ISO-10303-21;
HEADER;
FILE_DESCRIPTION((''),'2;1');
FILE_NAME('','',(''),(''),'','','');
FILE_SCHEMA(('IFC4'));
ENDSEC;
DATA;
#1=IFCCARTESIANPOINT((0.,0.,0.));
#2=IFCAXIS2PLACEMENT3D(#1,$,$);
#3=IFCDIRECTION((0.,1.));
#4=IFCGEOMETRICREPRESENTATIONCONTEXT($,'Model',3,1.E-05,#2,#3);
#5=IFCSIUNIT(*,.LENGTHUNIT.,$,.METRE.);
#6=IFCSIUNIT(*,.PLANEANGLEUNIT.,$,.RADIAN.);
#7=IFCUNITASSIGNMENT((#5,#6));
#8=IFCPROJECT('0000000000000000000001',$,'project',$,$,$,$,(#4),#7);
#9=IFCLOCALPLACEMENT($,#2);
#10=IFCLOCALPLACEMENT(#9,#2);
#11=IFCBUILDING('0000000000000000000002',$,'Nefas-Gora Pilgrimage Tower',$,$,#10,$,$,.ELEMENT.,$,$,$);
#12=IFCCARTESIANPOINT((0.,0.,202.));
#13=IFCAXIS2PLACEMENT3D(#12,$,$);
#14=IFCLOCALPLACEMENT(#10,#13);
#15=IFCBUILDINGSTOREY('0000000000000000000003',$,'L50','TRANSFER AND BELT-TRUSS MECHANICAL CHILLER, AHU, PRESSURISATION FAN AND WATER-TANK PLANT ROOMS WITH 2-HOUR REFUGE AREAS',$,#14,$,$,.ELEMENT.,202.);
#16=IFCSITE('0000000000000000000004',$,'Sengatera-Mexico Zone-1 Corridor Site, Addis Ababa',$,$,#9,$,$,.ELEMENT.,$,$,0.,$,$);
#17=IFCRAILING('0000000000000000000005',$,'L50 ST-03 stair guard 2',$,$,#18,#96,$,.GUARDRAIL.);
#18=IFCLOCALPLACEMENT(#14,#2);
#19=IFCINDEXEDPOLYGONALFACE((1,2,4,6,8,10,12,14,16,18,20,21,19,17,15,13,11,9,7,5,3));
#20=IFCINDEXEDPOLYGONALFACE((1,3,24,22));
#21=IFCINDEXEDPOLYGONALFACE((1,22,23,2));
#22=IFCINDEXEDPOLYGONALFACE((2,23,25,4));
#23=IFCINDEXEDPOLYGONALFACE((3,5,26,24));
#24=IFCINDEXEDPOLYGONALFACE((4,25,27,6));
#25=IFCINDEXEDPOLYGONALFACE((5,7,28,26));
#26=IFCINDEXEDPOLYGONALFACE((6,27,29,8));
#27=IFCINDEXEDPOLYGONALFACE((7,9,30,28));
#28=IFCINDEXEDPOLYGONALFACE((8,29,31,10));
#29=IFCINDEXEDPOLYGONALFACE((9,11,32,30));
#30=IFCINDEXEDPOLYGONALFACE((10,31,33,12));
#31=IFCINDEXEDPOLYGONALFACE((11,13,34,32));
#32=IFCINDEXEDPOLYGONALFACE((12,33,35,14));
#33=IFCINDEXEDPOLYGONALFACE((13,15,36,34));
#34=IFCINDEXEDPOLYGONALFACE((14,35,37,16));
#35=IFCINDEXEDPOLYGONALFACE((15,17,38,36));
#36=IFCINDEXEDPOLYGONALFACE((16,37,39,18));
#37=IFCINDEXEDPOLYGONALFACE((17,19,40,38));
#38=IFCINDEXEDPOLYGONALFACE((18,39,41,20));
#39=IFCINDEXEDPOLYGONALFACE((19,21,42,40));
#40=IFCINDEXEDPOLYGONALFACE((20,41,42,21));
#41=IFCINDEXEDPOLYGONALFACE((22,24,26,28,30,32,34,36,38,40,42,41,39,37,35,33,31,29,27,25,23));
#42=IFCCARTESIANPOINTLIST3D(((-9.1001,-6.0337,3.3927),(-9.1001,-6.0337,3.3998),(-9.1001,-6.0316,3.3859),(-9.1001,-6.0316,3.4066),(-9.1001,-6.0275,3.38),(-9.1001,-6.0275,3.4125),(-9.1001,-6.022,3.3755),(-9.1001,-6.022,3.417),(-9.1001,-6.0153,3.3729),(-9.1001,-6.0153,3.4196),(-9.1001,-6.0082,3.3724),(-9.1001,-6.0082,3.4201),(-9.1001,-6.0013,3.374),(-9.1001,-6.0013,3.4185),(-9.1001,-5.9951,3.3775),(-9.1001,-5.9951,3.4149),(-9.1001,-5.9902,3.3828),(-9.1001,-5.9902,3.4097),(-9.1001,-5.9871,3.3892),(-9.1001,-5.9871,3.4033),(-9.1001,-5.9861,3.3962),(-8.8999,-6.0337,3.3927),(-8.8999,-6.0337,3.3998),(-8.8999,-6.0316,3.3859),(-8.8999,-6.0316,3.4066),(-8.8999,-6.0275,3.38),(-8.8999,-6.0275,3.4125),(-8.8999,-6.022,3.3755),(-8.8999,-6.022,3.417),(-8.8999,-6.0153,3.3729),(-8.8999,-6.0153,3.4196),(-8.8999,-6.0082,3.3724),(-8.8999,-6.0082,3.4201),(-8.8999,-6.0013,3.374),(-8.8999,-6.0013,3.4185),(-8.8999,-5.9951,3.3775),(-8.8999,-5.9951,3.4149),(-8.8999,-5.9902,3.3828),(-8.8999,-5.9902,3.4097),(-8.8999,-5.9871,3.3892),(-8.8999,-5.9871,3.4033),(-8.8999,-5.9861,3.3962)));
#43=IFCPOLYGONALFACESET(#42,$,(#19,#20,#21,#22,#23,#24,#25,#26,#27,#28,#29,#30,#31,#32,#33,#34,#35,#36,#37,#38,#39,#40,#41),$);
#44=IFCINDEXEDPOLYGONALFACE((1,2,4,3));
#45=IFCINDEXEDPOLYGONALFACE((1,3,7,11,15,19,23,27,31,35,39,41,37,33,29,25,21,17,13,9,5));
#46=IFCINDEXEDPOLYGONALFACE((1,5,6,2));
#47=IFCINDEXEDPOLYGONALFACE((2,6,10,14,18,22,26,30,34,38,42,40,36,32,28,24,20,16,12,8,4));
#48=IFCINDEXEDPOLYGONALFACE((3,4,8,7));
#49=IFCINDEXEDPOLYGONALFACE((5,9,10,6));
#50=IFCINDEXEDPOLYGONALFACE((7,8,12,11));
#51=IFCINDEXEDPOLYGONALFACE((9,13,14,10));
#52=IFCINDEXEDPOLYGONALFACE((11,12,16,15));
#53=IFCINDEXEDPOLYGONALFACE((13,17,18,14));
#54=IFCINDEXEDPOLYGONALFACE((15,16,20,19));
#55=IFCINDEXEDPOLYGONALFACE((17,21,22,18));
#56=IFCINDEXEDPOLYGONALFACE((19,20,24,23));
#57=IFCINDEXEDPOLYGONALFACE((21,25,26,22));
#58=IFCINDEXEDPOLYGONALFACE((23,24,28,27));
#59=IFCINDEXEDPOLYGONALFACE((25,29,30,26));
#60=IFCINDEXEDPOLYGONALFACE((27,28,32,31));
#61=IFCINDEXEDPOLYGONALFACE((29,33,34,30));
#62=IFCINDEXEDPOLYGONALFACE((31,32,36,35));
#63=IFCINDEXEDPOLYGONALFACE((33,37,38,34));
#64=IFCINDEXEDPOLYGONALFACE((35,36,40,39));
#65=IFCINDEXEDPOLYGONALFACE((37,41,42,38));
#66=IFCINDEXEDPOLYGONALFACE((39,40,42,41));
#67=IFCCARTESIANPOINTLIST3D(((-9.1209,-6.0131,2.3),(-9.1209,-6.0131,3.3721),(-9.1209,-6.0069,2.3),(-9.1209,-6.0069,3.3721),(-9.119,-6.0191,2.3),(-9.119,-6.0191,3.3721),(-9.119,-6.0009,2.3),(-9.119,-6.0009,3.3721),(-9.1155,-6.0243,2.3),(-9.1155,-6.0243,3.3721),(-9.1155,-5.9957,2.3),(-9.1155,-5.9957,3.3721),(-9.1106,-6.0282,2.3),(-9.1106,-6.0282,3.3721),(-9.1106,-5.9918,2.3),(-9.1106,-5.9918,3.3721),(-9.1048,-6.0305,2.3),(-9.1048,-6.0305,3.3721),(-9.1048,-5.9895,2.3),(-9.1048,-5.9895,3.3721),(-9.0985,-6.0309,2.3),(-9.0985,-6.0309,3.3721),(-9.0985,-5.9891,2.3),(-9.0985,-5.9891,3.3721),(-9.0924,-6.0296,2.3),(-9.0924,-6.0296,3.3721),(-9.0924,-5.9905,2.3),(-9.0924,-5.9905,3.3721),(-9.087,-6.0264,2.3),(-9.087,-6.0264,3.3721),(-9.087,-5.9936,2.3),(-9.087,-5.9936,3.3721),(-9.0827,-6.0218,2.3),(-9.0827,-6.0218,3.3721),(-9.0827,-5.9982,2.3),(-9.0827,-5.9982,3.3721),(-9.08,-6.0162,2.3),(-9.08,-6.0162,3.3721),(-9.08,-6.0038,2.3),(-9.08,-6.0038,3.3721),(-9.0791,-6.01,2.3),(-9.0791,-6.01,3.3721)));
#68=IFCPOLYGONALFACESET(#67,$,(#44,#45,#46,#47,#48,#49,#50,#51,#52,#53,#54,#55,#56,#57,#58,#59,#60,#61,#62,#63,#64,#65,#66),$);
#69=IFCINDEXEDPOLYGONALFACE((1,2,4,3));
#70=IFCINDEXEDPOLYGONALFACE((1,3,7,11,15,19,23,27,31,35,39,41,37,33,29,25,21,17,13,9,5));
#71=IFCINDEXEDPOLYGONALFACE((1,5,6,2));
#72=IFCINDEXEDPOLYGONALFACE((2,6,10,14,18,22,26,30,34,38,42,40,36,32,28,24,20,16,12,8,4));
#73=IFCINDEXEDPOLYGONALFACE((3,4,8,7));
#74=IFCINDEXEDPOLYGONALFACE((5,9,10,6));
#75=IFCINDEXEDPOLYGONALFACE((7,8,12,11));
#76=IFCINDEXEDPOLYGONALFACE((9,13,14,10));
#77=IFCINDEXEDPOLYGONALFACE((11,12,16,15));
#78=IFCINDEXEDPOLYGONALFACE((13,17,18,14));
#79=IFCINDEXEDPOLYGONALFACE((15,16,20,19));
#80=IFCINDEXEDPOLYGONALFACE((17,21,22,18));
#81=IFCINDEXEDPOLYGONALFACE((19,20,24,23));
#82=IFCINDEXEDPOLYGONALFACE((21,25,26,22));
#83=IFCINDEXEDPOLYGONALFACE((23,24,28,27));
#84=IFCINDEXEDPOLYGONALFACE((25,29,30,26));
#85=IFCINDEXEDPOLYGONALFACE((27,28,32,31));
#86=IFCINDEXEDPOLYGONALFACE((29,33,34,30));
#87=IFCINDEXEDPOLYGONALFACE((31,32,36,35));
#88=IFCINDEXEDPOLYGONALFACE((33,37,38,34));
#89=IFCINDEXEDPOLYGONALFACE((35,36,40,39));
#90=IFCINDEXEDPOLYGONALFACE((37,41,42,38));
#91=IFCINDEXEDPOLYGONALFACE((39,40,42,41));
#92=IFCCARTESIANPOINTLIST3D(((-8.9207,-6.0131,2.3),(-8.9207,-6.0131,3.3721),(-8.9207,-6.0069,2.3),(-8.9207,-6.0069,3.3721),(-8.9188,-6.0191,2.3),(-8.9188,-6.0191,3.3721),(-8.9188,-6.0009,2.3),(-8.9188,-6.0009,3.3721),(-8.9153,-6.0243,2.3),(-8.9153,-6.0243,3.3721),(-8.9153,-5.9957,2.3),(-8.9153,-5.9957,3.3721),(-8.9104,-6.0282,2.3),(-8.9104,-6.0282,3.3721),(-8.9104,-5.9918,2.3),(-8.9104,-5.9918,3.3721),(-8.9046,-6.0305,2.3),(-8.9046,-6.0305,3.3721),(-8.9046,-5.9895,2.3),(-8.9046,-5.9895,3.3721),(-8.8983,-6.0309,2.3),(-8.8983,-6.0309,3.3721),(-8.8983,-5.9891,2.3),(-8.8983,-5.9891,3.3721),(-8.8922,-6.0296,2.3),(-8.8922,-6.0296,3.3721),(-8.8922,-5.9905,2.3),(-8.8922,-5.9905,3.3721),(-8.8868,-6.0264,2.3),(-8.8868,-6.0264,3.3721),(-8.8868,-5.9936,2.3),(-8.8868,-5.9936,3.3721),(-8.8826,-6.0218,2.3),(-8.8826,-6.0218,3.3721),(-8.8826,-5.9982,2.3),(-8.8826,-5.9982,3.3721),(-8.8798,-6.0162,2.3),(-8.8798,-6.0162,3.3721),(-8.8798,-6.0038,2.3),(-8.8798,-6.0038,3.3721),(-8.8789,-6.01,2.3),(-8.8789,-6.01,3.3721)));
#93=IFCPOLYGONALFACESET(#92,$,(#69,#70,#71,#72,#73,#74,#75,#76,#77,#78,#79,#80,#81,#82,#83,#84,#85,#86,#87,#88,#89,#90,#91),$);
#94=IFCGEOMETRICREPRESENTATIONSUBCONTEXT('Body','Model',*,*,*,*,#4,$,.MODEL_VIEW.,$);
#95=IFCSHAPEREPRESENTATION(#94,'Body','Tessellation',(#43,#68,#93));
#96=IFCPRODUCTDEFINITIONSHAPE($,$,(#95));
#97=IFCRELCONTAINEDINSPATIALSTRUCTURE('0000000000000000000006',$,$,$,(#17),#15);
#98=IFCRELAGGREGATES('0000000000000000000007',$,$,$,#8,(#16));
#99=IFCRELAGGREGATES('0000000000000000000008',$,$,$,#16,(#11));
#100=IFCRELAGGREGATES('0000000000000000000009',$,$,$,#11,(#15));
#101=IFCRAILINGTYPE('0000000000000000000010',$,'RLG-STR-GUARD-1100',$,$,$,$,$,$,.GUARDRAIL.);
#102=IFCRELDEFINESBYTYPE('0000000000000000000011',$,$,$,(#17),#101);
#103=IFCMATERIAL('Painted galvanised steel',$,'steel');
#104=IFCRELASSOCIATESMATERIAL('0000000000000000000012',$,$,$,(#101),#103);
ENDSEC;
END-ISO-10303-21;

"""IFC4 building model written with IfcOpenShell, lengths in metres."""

from ifc_helpers import new_model, si_unit, direction, frame, origin, origin_2d, place, context, subcontext, project, spatial, circle, extrude, material, type_object, element, save


model = new_model("IFC4")

# Units and contexts
model_context = context("Model", 3, precision=1e-05, world=origin(), true_north=direction((0.0, 1.0)))
body_context = subcontext(model_context, "Body", "Model", "MODEL_VIEW")
ifc_project = project(units=[si_unit("LENGTHUNIT", "METRE"), si_unit("PLANEANGLEUNIT", "RADIAN")], contexts=[model_context])

# Site, building, storey
site_placement = place(None, origin())
site = spatial("IfcSite", under=ifc_project, at=site_placement, Name="Sengatera-Mexico Zone-1 Corridor Site, Addis Ababa", CompositionType="ELEMENT", RefElevation=0.0)
building_placement = place(site_placement, origin())
building = spatial("IfcBuilding", under=site, at=building_placement, Name="Nefas-Gora Pilgrimage Tower", CompositionType="ELEMENT")
storey_placement = place(building_placement, frame((0.0, 0.0, 202.0)))
storey = spatial("IfcBuildingStorey", under=building, at=storey_placement, Name="L50", Description="TRANSFER AND BELT-TRUSS MECHANICAL CHILLER, AHU, PRESSURISATION FAN AND WATER-TANK PLANT ROOMS WITH 2-HOUR REFUGE AREAS", CompositionType="ELEMENT", Elevation=202.0)

# Railing
ifc_material_1 = material(Name="Painted galvanised steel", Category="steel")
railing_type_1 = type_object("IfcRailingType", Name="RLG-STR-GUARD-1100", PredefinedType="GUARDRAIL", material=ifc_material_1)
railing_1_placement = place(storey_placement, frame((-9.1001, -6.01, 2.3)))
element("IfcRailing", 1, at=railing_1_placement, inside=storey, type_object=railing_type_1, Name="L50 ST-03 stair guard 2", PredefinedType="GUARDRAIL", context=body_context, shape_type="SweptSolid", body=[
    extrude(circle(Radius=0.0239, at=origin_2d()), frame((0.0, 0.0, 1.0962), z_axis=(1.0, 0.0, 0.0), x_axis=(0.0, 1.0, 0.0)), (0.0, 0.0, 1.0), 0.2002),
    extrude(circle(Radius=0.021, at=origin_2d()), origin(), (0.0, 0.0, 1.0), 1.072),
    extrude(circle(Radius=0.021, at=origin_2d()), frame((0.2002, 0.0, 0.0)), (0.0, 0.0, 1.0), 1.072),
])

save(model, "model.ifc")
